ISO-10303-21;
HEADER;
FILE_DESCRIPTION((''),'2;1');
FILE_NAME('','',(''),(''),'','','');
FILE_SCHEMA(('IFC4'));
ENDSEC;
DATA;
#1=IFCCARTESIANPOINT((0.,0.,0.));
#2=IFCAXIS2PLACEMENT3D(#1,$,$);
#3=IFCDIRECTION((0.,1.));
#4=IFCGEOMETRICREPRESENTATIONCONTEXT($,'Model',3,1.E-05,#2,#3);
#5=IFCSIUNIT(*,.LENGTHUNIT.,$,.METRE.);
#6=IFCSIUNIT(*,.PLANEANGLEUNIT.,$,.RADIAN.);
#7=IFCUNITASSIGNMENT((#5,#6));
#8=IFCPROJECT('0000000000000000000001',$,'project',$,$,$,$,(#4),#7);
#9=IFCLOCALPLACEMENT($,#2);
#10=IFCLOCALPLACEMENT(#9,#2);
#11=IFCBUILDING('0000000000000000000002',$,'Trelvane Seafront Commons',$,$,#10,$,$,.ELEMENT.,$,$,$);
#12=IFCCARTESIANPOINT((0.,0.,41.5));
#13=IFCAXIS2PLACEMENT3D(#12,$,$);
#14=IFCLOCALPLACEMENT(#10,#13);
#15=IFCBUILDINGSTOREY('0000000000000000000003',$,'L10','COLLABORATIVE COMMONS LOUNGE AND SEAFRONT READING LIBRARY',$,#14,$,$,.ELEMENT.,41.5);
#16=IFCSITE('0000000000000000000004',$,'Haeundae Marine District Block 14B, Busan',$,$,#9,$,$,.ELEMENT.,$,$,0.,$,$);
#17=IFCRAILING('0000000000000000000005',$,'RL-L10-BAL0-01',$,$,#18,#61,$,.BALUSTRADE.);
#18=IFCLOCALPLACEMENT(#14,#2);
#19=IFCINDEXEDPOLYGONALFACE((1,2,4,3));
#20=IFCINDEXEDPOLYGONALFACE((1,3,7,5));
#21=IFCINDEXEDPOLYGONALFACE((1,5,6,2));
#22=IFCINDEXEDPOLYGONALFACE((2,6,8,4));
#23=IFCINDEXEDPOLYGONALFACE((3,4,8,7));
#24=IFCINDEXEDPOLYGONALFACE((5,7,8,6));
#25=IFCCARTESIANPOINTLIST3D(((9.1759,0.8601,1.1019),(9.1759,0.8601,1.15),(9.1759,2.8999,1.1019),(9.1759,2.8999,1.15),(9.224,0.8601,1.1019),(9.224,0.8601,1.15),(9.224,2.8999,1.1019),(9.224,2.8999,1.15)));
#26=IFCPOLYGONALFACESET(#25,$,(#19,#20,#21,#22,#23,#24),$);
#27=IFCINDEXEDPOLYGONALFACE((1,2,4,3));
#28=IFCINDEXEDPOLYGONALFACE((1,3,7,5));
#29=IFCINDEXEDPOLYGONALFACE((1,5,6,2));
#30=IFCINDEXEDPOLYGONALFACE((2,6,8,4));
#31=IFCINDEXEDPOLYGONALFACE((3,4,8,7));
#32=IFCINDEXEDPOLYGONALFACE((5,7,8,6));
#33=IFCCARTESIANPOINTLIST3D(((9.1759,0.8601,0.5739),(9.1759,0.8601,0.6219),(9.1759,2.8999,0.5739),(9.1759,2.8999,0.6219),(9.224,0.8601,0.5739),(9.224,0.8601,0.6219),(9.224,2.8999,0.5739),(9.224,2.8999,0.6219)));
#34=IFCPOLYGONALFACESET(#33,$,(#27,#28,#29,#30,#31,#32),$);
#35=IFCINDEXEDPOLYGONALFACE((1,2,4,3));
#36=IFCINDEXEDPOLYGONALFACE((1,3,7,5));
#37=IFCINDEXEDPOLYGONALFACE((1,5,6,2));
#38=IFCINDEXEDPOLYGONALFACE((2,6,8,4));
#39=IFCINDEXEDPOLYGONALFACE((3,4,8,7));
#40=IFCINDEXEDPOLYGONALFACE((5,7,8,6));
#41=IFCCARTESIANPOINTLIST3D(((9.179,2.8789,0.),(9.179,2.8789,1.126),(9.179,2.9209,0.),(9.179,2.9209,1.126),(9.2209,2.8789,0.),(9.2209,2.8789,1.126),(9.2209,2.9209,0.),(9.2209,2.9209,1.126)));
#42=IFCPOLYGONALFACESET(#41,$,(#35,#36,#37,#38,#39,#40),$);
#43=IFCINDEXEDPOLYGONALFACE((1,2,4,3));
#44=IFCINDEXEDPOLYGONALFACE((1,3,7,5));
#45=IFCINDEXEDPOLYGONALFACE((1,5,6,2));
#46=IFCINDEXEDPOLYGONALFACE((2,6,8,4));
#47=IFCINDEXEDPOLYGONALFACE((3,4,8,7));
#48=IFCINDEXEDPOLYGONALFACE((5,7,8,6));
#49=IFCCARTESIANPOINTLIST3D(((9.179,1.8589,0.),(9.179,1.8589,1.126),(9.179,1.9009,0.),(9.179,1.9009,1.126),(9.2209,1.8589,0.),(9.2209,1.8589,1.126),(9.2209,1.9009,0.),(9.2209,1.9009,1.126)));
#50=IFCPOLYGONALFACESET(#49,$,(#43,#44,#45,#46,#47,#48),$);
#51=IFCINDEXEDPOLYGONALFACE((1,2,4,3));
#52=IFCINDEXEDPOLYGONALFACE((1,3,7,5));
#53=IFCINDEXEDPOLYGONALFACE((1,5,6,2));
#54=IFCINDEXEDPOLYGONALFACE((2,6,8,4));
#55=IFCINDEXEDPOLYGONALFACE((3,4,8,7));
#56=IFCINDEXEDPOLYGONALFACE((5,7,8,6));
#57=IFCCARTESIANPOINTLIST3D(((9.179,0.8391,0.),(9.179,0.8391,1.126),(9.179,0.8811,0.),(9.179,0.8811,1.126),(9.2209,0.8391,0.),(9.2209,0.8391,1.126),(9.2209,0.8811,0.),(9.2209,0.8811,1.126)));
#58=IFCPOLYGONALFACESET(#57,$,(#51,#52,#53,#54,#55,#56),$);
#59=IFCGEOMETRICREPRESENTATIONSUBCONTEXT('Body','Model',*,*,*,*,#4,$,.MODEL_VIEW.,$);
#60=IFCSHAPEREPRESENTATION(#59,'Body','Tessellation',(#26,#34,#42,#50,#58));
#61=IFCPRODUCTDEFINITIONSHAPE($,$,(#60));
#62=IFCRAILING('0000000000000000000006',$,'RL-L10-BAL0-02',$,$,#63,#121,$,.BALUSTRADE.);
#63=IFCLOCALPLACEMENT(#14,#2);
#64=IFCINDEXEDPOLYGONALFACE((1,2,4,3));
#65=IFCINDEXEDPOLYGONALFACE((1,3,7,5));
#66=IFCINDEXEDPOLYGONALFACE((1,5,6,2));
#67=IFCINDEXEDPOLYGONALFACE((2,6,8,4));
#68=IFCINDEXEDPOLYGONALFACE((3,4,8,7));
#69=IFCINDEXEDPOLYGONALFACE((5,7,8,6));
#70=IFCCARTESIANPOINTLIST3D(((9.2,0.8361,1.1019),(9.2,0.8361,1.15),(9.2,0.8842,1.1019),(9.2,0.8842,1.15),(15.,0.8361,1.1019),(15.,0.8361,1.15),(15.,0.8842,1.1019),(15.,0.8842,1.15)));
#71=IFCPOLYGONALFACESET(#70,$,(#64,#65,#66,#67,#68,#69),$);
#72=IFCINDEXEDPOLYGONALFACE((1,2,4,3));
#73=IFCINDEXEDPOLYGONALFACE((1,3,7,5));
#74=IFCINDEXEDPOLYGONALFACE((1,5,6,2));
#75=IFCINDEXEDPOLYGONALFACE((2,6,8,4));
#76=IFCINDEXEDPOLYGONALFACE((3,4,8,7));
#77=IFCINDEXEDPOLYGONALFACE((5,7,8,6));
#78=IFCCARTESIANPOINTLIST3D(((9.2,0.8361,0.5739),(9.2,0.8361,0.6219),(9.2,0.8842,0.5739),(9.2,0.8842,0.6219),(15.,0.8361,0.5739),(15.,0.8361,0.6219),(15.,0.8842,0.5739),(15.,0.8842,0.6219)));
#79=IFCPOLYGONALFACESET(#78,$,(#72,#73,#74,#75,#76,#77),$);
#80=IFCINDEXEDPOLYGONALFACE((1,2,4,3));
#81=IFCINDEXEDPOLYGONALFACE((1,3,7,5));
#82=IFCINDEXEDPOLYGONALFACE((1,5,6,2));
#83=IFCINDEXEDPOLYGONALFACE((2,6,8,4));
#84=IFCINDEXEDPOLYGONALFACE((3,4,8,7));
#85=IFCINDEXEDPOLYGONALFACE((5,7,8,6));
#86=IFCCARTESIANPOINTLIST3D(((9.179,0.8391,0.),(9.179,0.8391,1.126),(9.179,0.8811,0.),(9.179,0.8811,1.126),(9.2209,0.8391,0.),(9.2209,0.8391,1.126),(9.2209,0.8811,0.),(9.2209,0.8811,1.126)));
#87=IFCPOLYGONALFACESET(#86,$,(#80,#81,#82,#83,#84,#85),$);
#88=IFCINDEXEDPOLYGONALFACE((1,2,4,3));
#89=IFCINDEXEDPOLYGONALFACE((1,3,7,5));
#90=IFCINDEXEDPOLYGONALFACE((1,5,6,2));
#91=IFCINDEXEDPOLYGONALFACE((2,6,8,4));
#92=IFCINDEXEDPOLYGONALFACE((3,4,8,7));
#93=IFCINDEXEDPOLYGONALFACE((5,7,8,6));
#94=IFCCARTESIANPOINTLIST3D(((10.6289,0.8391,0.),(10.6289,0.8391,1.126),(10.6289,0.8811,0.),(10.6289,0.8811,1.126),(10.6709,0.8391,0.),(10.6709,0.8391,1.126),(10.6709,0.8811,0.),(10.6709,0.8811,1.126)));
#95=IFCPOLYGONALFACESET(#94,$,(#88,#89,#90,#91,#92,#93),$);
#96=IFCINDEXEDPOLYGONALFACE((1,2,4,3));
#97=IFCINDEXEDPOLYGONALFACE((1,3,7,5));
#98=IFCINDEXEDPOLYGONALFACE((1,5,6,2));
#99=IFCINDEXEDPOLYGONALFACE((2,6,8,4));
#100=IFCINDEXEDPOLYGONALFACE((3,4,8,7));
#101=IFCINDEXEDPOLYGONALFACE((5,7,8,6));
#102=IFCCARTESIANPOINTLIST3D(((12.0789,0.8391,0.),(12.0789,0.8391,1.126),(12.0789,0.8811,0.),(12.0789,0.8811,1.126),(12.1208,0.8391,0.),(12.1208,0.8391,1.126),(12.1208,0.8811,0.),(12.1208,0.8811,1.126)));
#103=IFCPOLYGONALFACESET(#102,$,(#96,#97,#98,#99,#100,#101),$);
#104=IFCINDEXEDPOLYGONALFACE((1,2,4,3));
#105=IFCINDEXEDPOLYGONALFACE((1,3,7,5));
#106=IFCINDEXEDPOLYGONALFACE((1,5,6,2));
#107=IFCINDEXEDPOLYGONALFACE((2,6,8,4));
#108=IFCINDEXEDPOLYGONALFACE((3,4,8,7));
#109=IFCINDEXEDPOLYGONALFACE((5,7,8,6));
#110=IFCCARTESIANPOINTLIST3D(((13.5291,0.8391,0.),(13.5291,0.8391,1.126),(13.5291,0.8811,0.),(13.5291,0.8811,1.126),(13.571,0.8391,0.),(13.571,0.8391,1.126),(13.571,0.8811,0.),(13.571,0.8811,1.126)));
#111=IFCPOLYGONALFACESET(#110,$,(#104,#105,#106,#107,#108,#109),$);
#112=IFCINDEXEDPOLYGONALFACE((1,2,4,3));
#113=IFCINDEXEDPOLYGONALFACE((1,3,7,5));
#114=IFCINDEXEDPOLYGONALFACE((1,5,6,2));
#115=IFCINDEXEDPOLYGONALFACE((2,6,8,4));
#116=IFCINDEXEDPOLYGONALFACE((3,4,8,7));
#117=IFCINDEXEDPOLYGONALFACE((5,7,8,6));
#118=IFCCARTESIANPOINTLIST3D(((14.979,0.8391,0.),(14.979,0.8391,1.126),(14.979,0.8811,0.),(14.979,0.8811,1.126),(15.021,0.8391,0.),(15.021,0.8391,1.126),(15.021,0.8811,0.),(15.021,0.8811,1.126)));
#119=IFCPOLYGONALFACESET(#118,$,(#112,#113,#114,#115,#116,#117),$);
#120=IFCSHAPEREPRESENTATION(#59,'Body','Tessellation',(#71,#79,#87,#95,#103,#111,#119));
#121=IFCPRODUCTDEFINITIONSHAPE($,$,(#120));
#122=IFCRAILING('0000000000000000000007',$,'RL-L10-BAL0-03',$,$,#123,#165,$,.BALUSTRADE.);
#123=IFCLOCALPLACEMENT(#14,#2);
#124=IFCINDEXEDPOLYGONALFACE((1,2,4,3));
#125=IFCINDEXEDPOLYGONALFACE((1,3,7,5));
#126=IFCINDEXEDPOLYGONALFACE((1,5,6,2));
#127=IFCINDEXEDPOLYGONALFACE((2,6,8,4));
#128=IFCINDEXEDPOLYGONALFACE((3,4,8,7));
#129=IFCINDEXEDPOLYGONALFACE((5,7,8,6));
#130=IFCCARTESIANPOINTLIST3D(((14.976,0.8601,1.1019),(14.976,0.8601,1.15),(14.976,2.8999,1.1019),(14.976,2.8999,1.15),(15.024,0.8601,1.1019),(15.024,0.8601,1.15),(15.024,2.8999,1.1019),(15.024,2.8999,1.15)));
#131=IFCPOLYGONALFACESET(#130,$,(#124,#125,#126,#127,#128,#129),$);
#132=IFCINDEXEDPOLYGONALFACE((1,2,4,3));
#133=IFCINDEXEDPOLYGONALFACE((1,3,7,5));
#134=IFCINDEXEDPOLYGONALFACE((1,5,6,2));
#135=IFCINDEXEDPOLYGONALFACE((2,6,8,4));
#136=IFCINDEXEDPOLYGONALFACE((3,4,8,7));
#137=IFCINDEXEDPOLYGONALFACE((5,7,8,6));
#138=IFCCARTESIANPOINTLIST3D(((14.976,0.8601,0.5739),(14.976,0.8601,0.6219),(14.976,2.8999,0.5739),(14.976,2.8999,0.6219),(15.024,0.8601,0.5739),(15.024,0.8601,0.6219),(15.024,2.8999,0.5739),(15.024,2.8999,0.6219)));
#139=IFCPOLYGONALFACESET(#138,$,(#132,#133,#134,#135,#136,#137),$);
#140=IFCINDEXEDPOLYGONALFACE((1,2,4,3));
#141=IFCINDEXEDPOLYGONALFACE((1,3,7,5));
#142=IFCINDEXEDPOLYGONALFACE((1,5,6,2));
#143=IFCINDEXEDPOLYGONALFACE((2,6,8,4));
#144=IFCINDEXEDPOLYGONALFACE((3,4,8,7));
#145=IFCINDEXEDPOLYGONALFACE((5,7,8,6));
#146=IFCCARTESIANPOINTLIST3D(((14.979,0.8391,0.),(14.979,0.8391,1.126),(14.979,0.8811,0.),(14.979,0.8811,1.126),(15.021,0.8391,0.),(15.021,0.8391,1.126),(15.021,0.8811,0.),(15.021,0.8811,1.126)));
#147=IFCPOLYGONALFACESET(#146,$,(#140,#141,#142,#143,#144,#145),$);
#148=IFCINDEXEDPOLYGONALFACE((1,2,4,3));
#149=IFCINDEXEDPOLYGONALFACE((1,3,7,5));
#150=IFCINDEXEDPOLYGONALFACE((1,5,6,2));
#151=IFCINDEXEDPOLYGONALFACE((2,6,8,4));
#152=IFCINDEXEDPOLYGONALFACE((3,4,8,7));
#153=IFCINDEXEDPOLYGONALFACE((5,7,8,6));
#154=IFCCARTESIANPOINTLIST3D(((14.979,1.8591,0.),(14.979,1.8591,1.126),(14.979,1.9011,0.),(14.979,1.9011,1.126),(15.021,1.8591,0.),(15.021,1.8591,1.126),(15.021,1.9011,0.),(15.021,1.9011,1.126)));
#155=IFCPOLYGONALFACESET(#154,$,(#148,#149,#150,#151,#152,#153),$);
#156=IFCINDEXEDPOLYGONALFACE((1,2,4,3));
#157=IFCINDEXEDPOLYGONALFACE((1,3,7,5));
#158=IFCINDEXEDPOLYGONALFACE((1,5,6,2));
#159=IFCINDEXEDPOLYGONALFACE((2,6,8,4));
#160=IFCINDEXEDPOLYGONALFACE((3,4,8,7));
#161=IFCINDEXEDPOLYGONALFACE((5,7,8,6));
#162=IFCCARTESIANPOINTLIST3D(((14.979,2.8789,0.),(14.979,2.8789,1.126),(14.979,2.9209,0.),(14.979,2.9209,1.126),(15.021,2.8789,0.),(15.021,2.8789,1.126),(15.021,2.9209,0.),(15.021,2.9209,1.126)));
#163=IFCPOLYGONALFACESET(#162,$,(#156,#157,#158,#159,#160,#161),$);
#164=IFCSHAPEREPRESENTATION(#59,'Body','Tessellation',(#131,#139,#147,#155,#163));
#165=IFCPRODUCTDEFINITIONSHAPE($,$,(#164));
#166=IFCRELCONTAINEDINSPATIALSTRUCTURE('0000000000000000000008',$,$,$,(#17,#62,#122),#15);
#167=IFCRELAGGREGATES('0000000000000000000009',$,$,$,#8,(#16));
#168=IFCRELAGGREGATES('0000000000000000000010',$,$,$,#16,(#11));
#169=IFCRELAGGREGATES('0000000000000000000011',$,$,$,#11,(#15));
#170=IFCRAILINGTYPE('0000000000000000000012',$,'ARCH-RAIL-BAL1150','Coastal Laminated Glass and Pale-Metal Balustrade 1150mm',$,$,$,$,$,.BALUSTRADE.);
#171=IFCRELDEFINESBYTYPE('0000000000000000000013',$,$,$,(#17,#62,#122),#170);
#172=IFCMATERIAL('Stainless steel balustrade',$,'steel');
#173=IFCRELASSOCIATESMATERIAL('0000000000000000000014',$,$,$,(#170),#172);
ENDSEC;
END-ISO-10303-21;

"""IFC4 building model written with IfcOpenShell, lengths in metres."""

from ifc_helpers import new_model, si_unit, direction, frame, origin, origin_2d, place, context, subcontext, project, spatial, rectangle, extrude, material, type_object, element, save


model = new_model("IFC4")

# Units and contexts
model_context = context("Model", 3, precision=1e-05, world=origin(), true_north=direction((0.0, 1.0)))
body_context = subcontext(model_context, "Body", "Model", "MODEL_VIEW")
ifc_project = project(units=[si_unit("LENGTHUNIT", "METRE"), si_unit("PLANEANGLEUNIT", "RADIAN")], contexts=[model_context])

# Site, building, storey
site_placement = place(None, origin())
site = spatial("IfcSite", under=ifc_project, at=site_placement, Name="Haeundae Marine District Block 14B, Busan", CompositionType="ELEMENT", RefElevation=0.0)
building_placement = place(site_placement, origin())
building = spatial("IfcBuilding", under=site, at=building_placement, Name="Trelvane Seafront Commons", CompositionType="ELEMENT")
storey_placement = place(building_placement, frame((0.0, 0.0, 41.5)))
storey = spatial("IfcBuildingStorey", under=building, at=storey_placement, Name="L10", Description="COLLABORATIVE COMMONS LOUNGE AND SEAFRONT READING LIBRARY", CompositionType="ELEMENT", Elevation=41.5)

# Railings
ifc_material_1 = material(Name="Stainless steel balustrade", Category="steel")
railing_type = type_object("IfcRailingType", Name="ARCH-RAIL-BAL1150", Description="Coastal Laminated Glass and Pale-Metal Balustrade 1150mm", PredefinedType="BALUSTRADE", material=ifc_material_1)
railing_1_placement = place(storey_placement, frame((9.2, 2.8999, 0.0)))
element("IfcRailing", 1, at=railing_1_placement, inside=storey, type_object=railing_type, Name="RL-L10-BAL0-01", PredefinedType="BALUSTRADE", context=body_context, shape_type="SweptSolid", body=[
    extrude(rectangle(XDim=0.0481, YDim=0.0481, at=origin_2d()), frame((0.0, 0.0, 1.126), z_axis=(0.0, -1.0, 0.0), x_axis=(1.0, 0.0, 0.0)), (0.0, 0.0, 1.0), 2.0398),
    extrude(rectangle(XDim=0.0481, YDim=0.0481, at=origin_2d()), frame((0.0, 0.0, 0.5979), z_axis=(0.0, -1.0, 0.0), x_axis=(1.0, 0.0, 0.0)), (0.0, 0.0, 1.0), 2.0398),
    extrude(rectangle(XDim=0.042, YDim=0.042, at=origin_2d()), origin(), (0.0, 0.0, 1.0), 1.126),
    extrude(rectangle(XDim=0.042, YDim=0.042, at=origin_2d()), frame((0.0, -1.02, 0.0)), (0.0, 0.0, 1.0), 1.126),
    extrude(rectangle(XDim=0.042, YDim=0.042, at=origin_2d()), frame((0.0, -2.0398, 0.0)), (0.0, 0.0, 1.0), 1.126),
])
railing_2_placement = place(storey_placement, frame((9.2, 0.8601, 0.0)))
element("IfcRailing", 2, at=railing_2_placement, inside=storey, type_object=railing_type, Name="RL-L10-BAL0-02", PredefinedType="BALUSTRADE", context=body_context, shape_type="SweptSolid", body=[
    extrude(rectangle(XDim=0.0481, YDim=0.0481, at=origin_2d()), frame((0.0, 0.0, 1.126), z_axis=(1.0, 0.0, 0.0), x_axis=(0.0, 1.0, 0.0)), (0.0, 0.0, 1.0), 5.8),
    extrude(rectangle(XDim=0.0481, YDim=0.0481, at=origin_2d()), frame((0.0, 0.0, 0.5979), z_axis=(1.0, 0.0, 0.0), x_axis=(0.0, 1.0, 0.0)), (0.0, 0.0, 1.0), 5.8),
    extrude(rectangle(XDim=0.042, YDim=0.042, at=origin_2d()), origin(), (0.0, 0.0, 1.0), 1.126),
    extrude(rectangle(XDim=0.042, YDim=0.042, at=origin_2d()), frame((1.45, 0.0, 0.0)), (0.0, 0.0, 1.0), 1.126),
    extrude(rectangle(XDim=0.042, YDim=0.042, at=origin_2d()), frame((2.8999, 0.0, 0.0)), (0.0, 0.0, 1.0), 1.126),
    extrude(rectangle(XDim=0.042, YDim=0.042, at=origin_2d()), frame((4.3501, 0.0, 0.0)), (0.0, 0.0, 1.0), 1.126),
    extrude(rectangle(XDim=0.042, YDim=0.042, at=origin_2d()), frame((5.8, 0.0, 0.0)), (0.0, 0.0, 1.0), 1.126),
])
railing_3_placement = place(storey_placement, frame((15.0, 0.8601, 0.0)))
element("IfcRailing", 3, at=railing_3_placement, inside=storey, type_object=railing_type, Name="RL-L10-BAL0-03", PredefinedType="BALUSTRADE", context=body_context, shape_type="SweptSolid", body=[
    extrude(rectangle(XDim=0.0481, YDim=0.0481, at=origin_2d()), frame((0.0, 0.0, 1.126), z_axis=(0.0, 1.0, 0.0), x_axis=(-1.0, 0.0, 0.0)), (0.0, 0.0, 1.0), 2.0398),
    extrude(rectangle(XDim=0.0481, YDim=0.0481, at=origin_2d()), frame((0.0, 0.0, 0.5979), z_axis=(0.0, 1.0, 0.0), x_axis=(-1.0, 0.0, 0.0)), (0.0, 0.0, 1.0), 2.0398),
    extrude(rectangle(XDim=0.042, YDim=0.042, at=origin_2d()), origin(), (0.0, 0.0, 1.0), 1.126),
    extrude(rectangle(XDim=0.042, YDim=0.042, at=origin_2d()), frame((0.0, 1.02, 0.0)), (0.0, 0.0, 1.0), 1.126),
    extrude(rectangle(XDim=0.042, YDim=0.042, at=origin_2d()), frame((0.0, 2.0398, 0.0)), (0.0, 0.0, 1.0), 1.126),
])

save(model, "model.ifc")
